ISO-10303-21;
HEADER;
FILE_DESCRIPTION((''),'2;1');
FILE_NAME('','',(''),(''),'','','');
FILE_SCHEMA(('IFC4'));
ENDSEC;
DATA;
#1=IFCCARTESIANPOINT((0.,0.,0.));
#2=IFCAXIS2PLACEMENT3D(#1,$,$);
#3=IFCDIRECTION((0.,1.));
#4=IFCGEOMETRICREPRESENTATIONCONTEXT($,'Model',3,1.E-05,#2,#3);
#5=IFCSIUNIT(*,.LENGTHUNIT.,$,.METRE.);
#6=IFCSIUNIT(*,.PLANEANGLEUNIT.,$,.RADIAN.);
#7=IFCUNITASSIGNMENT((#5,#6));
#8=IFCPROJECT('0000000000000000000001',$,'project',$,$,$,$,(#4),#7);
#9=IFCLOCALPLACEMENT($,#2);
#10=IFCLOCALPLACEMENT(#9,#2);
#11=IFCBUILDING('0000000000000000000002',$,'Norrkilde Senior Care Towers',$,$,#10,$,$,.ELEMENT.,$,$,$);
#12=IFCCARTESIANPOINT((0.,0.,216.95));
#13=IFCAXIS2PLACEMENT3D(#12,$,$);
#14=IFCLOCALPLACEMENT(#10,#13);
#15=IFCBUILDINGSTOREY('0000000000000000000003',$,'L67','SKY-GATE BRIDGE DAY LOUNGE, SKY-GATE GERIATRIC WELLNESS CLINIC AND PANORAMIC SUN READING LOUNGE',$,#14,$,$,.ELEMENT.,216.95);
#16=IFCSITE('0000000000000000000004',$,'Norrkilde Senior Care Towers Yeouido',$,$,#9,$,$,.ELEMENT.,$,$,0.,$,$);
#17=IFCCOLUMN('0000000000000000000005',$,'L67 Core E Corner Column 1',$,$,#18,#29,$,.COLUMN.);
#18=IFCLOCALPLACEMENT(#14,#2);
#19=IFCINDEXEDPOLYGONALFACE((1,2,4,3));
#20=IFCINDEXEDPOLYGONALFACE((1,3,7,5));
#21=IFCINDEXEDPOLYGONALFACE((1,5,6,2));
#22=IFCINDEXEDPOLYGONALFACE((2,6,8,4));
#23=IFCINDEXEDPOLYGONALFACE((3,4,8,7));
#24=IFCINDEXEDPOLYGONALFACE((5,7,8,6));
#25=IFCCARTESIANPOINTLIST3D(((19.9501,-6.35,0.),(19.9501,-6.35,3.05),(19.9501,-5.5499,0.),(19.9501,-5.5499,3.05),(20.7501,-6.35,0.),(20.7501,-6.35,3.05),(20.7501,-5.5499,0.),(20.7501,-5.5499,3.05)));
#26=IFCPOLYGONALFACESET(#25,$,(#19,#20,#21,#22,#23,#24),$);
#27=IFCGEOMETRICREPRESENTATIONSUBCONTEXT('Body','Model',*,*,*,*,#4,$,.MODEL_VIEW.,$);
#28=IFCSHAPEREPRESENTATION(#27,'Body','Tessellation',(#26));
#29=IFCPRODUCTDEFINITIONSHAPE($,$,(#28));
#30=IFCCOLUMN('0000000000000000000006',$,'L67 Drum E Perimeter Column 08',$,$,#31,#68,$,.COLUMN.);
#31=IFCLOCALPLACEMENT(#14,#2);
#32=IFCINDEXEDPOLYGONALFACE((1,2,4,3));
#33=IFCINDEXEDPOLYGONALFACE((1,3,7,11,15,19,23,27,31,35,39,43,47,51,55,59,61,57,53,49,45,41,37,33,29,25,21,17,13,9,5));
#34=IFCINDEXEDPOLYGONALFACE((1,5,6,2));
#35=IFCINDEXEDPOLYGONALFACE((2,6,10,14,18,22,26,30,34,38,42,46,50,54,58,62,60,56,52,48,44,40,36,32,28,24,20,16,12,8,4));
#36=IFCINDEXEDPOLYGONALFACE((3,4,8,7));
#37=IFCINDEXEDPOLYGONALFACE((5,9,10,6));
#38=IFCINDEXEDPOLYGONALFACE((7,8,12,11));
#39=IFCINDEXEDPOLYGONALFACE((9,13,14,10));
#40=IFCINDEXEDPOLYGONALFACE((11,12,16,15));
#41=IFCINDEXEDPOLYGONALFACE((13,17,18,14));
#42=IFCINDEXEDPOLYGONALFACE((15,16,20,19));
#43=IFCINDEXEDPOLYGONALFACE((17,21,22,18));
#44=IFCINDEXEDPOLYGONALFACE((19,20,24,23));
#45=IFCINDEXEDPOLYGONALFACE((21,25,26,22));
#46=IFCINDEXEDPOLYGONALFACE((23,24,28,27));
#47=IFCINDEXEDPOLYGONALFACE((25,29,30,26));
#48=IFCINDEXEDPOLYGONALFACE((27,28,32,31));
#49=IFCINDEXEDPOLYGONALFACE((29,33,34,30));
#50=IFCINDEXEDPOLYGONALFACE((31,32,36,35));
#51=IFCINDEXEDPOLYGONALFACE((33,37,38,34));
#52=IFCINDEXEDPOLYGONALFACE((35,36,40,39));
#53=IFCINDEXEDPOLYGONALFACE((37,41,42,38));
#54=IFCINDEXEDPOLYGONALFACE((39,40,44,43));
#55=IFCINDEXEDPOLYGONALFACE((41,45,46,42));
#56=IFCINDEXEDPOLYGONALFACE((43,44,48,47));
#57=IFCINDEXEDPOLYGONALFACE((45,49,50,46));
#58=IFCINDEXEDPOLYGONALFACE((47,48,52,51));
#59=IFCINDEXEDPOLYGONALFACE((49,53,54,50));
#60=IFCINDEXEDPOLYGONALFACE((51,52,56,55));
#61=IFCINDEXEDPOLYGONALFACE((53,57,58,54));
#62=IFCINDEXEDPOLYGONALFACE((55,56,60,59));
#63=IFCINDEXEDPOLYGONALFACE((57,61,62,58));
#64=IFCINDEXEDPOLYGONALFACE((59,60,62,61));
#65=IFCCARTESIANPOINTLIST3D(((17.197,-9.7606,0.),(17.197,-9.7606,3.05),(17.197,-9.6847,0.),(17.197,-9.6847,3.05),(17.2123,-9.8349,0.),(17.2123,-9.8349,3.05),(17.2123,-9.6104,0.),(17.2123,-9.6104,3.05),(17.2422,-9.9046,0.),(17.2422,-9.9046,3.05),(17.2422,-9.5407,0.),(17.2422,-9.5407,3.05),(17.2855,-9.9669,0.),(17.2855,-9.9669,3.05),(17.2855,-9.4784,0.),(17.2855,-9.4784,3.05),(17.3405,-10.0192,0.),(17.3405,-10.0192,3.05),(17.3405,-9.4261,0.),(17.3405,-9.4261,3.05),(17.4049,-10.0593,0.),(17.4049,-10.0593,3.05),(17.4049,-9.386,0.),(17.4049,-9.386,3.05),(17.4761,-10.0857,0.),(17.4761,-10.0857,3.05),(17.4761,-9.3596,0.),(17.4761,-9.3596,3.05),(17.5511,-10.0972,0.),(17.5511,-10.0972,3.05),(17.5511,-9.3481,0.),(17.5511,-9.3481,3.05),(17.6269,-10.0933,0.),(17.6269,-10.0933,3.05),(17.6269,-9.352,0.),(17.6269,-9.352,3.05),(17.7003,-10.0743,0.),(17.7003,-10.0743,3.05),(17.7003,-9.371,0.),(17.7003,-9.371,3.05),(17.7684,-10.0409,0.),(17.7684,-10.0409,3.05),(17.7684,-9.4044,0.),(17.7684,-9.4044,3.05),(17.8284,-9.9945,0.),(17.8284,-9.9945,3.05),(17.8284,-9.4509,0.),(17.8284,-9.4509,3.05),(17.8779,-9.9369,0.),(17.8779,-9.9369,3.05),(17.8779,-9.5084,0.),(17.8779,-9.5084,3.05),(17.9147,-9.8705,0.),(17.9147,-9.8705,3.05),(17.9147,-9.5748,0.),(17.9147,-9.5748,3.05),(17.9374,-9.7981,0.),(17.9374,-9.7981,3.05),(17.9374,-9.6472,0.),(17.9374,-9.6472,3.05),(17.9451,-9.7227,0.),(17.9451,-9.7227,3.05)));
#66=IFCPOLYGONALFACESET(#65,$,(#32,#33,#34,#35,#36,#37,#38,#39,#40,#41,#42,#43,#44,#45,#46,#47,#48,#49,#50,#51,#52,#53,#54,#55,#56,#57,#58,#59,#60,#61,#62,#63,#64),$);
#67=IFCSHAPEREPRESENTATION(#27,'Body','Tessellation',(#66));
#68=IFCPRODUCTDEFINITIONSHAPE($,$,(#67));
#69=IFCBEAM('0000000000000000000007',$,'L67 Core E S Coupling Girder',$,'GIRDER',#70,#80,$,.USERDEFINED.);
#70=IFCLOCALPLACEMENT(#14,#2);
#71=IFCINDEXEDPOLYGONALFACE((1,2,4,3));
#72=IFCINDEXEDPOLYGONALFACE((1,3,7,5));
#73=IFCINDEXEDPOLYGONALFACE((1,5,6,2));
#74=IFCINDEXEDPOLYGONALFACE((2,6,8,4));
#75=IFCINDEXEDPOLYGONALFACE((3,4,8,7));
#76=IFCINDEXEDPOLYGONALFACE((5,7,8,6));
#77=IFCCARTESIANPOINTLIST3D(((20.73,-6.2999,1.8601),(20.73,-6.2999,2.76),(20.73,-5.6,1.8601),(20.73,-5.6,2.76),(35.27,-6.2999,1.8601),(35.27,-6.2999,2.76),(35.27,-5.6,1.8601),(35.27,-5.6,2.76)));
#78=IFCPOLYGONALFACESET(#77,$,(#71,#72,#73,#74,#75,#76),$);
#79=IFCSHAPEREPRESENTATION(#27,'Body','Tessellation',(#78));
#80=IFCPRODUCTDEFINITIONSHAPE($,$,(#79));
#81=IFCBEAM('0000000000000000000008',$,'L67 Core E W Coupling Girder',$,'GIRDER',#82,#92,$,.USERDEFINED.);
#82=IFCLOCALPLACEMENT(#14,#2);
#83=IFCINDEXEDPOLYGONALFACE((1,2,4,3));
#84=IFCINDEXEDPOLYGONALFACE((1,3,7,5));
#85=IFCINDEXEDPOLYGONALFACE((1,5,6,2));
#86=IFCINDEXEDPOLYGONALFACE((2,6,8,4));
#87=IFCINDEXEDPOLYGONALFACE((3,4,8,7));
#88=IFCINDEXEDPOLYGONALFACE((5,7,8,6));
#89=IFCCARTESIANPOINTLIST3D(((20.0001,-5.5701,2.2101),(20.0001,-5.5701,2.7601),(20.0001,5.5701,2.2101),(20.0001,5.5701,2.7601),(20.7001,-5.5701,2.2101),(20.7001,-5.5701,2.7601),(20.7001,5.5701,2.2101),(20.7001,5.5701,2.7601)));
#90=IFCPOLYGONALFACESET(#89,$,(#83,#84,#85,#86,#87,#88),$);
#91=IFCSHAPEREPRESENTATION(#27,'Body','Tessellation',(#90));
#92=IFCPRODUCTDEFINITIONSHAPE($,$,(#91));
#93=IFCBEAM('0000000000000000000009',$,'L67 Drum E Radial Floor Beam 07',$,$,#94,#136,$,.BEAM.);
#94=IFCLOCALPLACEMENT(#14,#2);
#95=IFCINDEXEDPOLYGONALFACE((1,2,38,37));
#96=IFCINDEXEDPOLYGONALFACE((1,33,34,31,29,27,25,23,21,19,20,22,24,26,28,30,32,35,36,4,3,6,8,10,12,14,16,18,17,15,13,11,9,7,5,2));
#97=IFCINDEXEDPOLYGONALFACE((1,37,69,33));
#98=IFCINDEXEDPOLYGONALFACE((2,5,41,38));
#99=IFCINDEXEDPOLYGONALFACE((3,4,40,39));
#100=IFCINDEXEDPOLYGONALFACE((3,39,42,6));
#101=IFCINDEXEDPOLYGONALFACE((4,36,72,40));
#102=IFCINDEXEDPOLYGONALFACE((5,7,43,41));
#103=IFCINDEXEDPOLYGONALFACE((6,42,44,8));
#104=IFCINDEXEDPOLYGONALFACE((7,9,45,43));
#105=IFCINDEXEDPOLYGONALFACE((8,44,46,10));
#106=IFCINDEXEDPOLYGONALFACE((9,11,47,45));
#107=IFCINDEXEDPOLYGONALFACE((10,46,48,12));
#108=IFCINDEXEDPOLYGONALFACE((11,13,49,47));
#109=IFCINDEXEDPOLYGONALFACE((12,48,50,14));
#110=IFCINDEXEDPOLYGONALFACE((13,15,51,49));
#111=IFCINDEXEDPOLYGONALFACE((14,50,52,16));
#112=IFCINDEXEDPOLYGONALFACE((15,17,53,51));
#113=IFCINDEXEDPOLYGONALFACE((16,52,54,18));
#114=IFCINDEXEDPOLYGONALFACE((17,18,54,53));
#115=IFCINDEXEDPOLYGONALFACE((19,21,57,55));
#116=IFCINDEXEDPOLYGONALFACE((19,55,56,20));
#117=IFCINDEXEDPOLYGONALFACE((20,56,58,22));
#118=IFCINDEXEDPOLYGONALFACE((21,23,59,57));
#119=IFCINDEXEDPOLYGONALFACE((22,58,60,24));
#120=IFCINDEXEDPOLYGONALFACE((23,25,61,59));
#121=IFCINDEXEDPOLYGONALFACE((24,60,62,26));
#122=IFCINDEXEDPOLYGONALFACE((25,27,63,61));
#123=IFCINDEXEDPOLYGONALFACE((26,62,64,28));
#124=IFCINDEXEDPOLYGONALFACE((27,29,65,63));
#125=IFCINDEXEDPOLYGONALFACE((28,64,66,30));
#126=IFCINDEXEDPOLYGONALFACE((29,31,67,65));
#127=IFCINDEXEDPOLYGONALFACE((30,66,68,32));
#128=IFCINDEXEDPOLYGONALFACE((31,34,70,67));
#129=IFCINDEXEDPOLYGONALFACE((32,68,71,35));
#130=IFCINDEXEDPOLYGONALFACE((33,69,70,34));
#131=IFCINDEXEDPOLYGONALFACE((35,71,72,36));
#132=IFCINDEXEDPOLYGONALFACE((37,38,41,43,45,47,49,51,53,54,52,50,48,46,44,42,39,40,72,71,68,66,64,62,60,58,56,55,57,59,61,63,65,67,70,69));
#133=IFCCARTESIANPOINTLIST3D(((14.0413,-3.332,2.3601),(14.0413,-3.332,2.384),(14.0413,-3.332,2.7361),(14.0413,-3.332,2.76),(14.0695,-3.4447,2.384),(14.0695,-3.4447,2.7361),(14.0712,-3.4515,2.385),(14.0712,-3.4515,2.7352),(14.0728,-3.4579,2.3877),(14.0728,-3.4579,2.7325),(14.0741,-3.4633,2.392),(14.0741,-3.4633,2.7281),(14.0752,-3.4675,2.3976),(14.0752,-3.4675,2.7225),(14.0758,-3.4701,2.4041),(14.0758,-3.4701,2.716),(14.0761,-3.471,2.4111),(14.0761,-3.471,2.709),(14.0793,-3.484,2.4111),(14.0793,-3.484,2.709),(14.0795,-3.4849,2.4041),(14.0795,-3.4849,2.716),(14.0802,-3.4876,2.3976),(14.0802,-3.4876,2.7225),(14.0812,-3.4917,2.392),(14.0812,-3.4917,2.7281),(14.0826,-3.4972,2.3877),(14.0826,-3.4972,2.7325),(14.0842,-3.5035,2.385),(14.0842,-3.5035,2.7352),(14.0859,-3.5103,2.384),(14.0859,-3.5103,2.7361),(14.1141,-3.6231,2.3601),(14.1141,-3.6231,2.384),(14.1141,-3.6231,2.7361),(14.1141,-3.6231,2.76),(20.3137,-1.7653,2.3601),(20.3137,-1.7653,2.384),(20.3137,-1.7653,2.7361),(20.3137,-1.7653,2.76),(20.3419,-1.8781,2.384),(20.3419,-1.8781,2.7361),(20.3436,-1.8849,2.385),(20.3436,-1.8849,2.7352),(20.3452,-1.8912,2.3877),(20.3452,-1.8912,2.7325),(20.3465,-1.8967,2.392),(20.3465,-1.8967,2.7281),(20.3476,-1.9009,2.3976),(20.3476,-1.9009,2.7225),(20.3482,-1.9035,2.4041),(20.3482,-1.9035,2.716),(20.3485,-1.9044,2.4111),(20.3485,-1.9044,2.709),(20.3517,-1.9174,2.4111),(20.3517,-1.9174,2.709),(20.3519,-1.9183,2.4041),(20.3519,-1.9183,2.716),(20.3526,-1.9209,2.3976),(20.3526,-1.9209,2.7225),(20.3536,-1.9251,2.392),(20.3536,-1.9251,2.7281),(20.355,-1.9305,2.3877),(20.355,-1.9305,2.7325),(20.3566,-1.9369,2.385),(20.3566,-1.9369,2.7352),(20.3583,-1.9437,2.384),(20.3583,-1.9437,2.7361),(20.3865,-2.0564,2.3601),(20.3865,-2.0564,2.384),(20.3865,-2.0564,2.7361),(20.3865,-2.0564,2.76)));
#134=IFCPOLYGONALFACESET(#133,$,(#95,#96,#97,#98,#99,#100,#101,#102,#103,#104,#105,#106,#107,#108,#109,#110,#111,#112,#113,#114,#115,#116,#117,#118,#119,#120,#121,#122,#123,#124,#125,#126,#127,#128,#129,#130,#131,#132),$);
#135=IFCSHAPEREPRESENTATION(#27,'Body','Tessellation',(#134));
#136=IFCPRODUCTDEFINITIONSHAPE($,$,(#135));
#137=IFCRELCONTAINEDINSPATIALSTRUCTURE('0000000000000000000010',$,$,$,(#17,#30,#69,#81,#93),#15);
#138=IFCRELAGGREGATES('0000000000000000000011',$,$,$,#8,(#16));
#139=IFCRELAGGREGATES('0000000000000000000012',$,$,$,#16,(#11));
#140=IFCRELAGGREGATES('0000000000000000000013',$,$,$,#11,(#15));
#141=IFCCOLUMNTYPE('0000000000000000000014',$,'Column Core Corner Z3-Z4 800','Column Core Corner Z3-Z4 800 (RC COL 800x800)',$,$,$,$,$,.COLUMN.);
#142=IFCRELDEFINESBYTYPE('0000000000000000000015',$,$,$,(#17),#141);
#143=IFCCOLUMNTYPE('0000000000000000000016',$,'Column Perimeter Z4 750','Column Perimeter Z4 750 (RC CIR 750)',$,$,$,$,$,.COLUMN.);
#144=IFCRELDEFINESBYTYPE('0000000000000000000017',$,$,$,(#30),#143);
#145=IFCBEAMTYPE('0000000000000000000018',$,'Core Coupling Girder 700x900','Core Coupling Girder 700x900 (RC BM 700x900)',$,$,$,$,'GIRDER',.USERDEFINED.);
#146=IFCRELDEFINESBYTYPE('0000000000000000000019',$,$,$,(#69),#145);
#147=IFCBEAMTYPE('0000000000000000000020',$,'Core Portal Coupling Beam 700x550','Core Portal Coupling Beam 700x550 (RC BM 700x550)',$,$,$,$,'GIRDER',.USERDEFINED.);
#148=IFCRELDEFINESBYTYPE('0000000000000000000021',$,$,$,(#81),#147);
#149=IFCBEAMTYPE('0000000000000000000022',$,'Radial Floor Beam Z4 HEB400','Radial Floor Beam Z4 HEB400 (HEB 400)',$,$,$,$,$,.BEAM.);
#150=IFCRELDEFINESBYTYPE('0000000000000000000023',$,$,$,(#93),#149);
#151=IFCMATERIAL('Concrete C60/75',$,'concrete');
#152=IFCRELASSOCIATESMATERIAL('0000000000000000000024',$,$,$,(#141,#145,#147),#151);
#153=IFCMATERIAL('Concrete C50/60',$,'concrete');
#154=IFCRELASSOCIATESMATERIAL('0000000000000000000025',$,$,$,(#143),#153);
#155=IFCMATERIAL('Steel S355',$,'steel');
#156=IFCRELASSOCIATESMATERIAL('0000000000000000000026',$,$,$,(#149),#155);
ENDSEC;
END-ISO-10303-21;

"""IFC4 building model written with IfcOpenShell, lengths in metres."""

from ifc_helpers import new_model, si_unit, direction, frame, origin, origin_2d, place, context, subcontext, project, spatial, rectangle, circle, i_section, extrude, source, transform, mapped, material, material_profile, profile_set, type_object, type_shapes, element, save


model = new_model("IFC4")

# Units and contexts
model_context = context("Model", 3, precision=1e-05, world=origin(), true_north=direction((0.0, 1.0)))
body_context = subcontext(model_context, "Body", "Model", "MODEL_VIEW")
ifc_project = project(units=[si_unit("LENGTHUNIT", "METRE"), si_unit("PLANEANGLEUNIT", "RADIAN")], contexts=[model_context])

# Site, building, storey
site_placement = place(None, origin())
site = spatial("IfcSite", under=ifc_project, at=site_placement, Name="Norrkilde Senior Care Towers Yeouido", CompositionType="ELEMENT", RefElevation=0.0)
building_placement = place(site_placement, origin())
building = spatial("IfcBuilding", under=site, at=building_placement, Name="Norrkilde Senior Care Towers", CompositionType="ELEMENT")
storey_placement = place(building_placement, frame((0.0, 0.0, 216.95)))
storey = spatial("IfcBuildingStorey", under=building, at=storey_placement, Name="L67", Description="SKY-GATE BRIDGE DAY LOUNGE, SKY-GATE GERIATRIC WELLNESS CLINIC AND PANORAMIC SUN READING LOUNGE", CompositionType="ELEMENT", Elevation=216.95)

# Columns
ifc_material_1 = material(Name="Concrete C60/75", Category="concrete")
ifc_material_profile_1 = material_profile(ifc_material_1, rectangle(XDim=0.8, YDim=0.8, at=origin_2d()), Name="RC COL 800x800")
ifc_profile_set_1 = profile_set([ifc_material_profile_1], Name="Concrete C60/75")
column_type_1 = type_object("IfcColumnType", Name="Column Core Corner Z3-Z4 800", Description="Column Core Corner Z3-Z4 800 (RC COL 800x800)", PredefinedType="COLUMN", material=ifc_profile_set_1)
shared_shape_1 = source(origin(), body_context, "Body", "SweptSolid", [
    extrude(rectangle(XDim=0.8, YDim=0.8, at=origin_2d()), origin(), (0.0, 0.0, 1.0), 3.05),
])
type_shapes(column_type_1, [shared_shape_1])
column_1_placement = place(storey_placement, frame((20.3501, -5.95, 0.0), z_axis=(0.0, 0.0, 1.0), x_axis=(1.0, 0.0, 0.0)))
element("IfcColumn", 1, at=column_1_placement, inside=storey, type_object=column_type_1, Name="L67 Core E Corner Column 1", PredefinedType="COLUMN", context=body_context, shape_type="MappedRepresentation", body=[
    mapped(shared_shape_1, transform((0.0, 0.0, 0.0), x_axis=(1.0, 0.0, 0.0), y_axis=(0.0, 1.0, 0.0), z_axis=(0.0, 0.0, 1.0), scale=1.0)),
])
ifc_material_2 = material(Name="Concrete C50/60", Category="concrete")
ifc_material_profile_2 = material_profile(ifc_material_2, circle(Radius=0.375, at=origin_2d()), Name="RC CIR 750")
ifc_profile_set_2 = profile_set([ifc_material_profile_2], Name="Concrete C50/60")
column_type_2 = type_object("IfcColumnType", Name="Column Perimeter Z4 750", Description="Column Perimeter Z4 750 (RC CIR 750)", PredefinedType="COLUMN", material=ifc_profile_set_2)
shared_shape_2 = source(origin(), body_context, "Body", "SweptSolid", [
    extrude(circle(Radius=0.375, at=origin_2d()), origin(), (0.0, 0.0, 1.0), 3.05),
])
type_shapes(column_type_2, [shared_shape_2])
column_2_placement = place(storey_placement, frame((17.5701, -9.7227, 0.0), z_axis=(0.0, 0.0, 1.0), x_axis=(1.0, 0.0, 0.0)))
element("IfcColumn", 2, at=column_2_placement, inside=storey, type_object=column_type_2, Name="L67 Drum E Perimeter Column 08", PredefinedType="COLUMN", context=body_context, shape_type="MappedRepresentation", body=[
    mapped(shared_shape_2, transform((0.0, 0.0, 0.0), x_axis=(1.0, 0.0, 0.0), y_axis=(0.0, 1.0, 0.0), z_axis=(0.0, 0.0, 1.0), scale=1.0)),
])

# Beams
ifc_material_profile_3 = material_profile(ifc_material_1, rectangle(XDim=0.7, YDim=0.8999, at=origin_2d()), Name="RC BM 700x900")
ifc_profile_set_3 = profile_set([ifc_material_profile_3], Name="Concrete C60/75")
beam_type_1 = type_object("IfcBeamType", Name="Core Coupling Girder 700x900", Description="Core Coupling Girder 700x900 (RC BM 700x900)", ElementType="GIRDER", PredefinedType="USERDEFINED", material=ifc_profile_set_3)
shared_shape_3 = source(origin(), body_context, "Body", "SweptSolid", [
    extrude(rectangle(XDim=0.7, YDim=0.8999, at=origin_2d()), origin(), (0.0, 0.0, 1.0), 14.54),
])
type_shapes(beam_type_1, [shared_shape_3])
beam_1_placement = place(storey_placement, frame((20.73, -5.95, 2.3101), z_axis=(1.0, 0.0, 0.0), x_axis=(0.0, 1.0, 0.0)))
element("IfcBeam", 3, at=beam_1_placement, inside=storey, type_object=beam_type_1, Name="L67 Core E S Coupling Girder", ObjectType="GIRDER", PredefinedType="USERDEFINED", context=body_context, shape_type="MappedRepresentation", body=[
    mapped(shared_shape_3, transform((0.0, 0.0, 0.0), x_axis=(1.0, 0.0, 0.0), y_axis=(0.0, 1.0, 0.0), z_axis=(0.0, 0.0, 1.0), scale=1.0)),
])
ifc_material_profile_4 = material_profile(ifc_material_1, rectangle(XDim=0.7, YDim=0.55, at=origin_2d()), Name="RC BM 700x550")
ifc_profile_set_4 = profile_set([ifc_material_profile_4], Name="Concrete C60/75")
beam_type_2 = type_object("IfcBeamType", Name="Core Portal Coupling Beam 700x550", Description="Core Portal Coupling Beam 700x550 (RC BM 700x550)", ElementType="GIRDER", PredefinedType="USERDEFINED", material=ifc_profile_set_4)
shared_shape_4 = source(origin(), body_context, "Body", "SweptSolid", [
    extrude(rectangle(XDim=0.7, YDim=0.55, at=origin_2d()), origin(), (0.0, 0.0, 1.0), 11.1401),
])
type_shapes(beam_type_2, [shared_shape_4])
beam_2_placement = place(storey_placement, frame((20.3501, -5.5701, 2.4851), z_axis=(0.0, 1.0, 0.0), x_axis=(-1.0, 0.0, 0.0)))
element("IfcBeam", 4, at=beam_2_placement, inside=storey, type_object=beam_type_2, Name="L67 Core E W Coupling Girder", ObjectType="GIRDER", PredefinedType="USERDEFINED", context=body_context, shape_type="MappedRepresentation", body=[
    mapped(shared_shape_4, transform((0.0, 0.0, 0.0), x_axis=(1.0, 0.0, 0.0), y_axis=(0.0, 1.0, 0.0), z_axis=(0.0, 0.0, 1.0), scale=1.0)),
])
ifc_material_3 = material(Name="Steel S355", Category="steel")
ifc_material_profile_5 = material_profile(ifc_material_3, i_section(OverallWidth=0.3, OverallDepth=0.3999, WebThickness=0.0134, FlangeThickness=0.0239, FilletRadius=0.0271, at=origin_2d()), Name="HEB 400")
ifc_profile_set_5 = profile_set([ifc_material_profile_5], Name="Steel S355")
beam_type_3 = type_object("IfcBeamType", Name="Radial Floor Beam Z4 HEB400", Description="Radial Floor Beam Z4 HEB400 (HEB 400)", PredefinedType="BEAM", material=ifc_profile_set_5)
shared_shape_5 = source(origin(), body_context, "Body", "SweptSolid", [
    extrude(i_section(OverallWidth=0.3, OverallDepth=0.3999, WebThickness=0.0134, FlangeThickness=0.0239, FilletRadius=0.0271, at=origin_2d()), origin(), (0.0, 0.0, 1.0), 6.4651),
])
beam_3_placement = place(storey_placement, frame((20.3501, -1.9109, 2.5601), z_axis=(-0.970196, -0.242322, 0.0), x_axis=(0.242322, -0.970196, 0.0)))
element("IfcBeam", 5, at=beam_3_placement, inside=storey, type_object=beam_type_3, Name="L67 Drum E Radial Floor Beam 07", PredefinedType="BEAM", context=body_context, shape_type="MappedRepresentation", body=[
    mapped(shared_shape_5, transform((0.0, 0.0, 0.0), x_axis=(1.0, 0.0, 0.0), y_axis=(0.0, 1.0, 0.0), z_axis=(0.0, 0.0, 1.0), scale=1.0)),
])

save(model, "model.ifc")
